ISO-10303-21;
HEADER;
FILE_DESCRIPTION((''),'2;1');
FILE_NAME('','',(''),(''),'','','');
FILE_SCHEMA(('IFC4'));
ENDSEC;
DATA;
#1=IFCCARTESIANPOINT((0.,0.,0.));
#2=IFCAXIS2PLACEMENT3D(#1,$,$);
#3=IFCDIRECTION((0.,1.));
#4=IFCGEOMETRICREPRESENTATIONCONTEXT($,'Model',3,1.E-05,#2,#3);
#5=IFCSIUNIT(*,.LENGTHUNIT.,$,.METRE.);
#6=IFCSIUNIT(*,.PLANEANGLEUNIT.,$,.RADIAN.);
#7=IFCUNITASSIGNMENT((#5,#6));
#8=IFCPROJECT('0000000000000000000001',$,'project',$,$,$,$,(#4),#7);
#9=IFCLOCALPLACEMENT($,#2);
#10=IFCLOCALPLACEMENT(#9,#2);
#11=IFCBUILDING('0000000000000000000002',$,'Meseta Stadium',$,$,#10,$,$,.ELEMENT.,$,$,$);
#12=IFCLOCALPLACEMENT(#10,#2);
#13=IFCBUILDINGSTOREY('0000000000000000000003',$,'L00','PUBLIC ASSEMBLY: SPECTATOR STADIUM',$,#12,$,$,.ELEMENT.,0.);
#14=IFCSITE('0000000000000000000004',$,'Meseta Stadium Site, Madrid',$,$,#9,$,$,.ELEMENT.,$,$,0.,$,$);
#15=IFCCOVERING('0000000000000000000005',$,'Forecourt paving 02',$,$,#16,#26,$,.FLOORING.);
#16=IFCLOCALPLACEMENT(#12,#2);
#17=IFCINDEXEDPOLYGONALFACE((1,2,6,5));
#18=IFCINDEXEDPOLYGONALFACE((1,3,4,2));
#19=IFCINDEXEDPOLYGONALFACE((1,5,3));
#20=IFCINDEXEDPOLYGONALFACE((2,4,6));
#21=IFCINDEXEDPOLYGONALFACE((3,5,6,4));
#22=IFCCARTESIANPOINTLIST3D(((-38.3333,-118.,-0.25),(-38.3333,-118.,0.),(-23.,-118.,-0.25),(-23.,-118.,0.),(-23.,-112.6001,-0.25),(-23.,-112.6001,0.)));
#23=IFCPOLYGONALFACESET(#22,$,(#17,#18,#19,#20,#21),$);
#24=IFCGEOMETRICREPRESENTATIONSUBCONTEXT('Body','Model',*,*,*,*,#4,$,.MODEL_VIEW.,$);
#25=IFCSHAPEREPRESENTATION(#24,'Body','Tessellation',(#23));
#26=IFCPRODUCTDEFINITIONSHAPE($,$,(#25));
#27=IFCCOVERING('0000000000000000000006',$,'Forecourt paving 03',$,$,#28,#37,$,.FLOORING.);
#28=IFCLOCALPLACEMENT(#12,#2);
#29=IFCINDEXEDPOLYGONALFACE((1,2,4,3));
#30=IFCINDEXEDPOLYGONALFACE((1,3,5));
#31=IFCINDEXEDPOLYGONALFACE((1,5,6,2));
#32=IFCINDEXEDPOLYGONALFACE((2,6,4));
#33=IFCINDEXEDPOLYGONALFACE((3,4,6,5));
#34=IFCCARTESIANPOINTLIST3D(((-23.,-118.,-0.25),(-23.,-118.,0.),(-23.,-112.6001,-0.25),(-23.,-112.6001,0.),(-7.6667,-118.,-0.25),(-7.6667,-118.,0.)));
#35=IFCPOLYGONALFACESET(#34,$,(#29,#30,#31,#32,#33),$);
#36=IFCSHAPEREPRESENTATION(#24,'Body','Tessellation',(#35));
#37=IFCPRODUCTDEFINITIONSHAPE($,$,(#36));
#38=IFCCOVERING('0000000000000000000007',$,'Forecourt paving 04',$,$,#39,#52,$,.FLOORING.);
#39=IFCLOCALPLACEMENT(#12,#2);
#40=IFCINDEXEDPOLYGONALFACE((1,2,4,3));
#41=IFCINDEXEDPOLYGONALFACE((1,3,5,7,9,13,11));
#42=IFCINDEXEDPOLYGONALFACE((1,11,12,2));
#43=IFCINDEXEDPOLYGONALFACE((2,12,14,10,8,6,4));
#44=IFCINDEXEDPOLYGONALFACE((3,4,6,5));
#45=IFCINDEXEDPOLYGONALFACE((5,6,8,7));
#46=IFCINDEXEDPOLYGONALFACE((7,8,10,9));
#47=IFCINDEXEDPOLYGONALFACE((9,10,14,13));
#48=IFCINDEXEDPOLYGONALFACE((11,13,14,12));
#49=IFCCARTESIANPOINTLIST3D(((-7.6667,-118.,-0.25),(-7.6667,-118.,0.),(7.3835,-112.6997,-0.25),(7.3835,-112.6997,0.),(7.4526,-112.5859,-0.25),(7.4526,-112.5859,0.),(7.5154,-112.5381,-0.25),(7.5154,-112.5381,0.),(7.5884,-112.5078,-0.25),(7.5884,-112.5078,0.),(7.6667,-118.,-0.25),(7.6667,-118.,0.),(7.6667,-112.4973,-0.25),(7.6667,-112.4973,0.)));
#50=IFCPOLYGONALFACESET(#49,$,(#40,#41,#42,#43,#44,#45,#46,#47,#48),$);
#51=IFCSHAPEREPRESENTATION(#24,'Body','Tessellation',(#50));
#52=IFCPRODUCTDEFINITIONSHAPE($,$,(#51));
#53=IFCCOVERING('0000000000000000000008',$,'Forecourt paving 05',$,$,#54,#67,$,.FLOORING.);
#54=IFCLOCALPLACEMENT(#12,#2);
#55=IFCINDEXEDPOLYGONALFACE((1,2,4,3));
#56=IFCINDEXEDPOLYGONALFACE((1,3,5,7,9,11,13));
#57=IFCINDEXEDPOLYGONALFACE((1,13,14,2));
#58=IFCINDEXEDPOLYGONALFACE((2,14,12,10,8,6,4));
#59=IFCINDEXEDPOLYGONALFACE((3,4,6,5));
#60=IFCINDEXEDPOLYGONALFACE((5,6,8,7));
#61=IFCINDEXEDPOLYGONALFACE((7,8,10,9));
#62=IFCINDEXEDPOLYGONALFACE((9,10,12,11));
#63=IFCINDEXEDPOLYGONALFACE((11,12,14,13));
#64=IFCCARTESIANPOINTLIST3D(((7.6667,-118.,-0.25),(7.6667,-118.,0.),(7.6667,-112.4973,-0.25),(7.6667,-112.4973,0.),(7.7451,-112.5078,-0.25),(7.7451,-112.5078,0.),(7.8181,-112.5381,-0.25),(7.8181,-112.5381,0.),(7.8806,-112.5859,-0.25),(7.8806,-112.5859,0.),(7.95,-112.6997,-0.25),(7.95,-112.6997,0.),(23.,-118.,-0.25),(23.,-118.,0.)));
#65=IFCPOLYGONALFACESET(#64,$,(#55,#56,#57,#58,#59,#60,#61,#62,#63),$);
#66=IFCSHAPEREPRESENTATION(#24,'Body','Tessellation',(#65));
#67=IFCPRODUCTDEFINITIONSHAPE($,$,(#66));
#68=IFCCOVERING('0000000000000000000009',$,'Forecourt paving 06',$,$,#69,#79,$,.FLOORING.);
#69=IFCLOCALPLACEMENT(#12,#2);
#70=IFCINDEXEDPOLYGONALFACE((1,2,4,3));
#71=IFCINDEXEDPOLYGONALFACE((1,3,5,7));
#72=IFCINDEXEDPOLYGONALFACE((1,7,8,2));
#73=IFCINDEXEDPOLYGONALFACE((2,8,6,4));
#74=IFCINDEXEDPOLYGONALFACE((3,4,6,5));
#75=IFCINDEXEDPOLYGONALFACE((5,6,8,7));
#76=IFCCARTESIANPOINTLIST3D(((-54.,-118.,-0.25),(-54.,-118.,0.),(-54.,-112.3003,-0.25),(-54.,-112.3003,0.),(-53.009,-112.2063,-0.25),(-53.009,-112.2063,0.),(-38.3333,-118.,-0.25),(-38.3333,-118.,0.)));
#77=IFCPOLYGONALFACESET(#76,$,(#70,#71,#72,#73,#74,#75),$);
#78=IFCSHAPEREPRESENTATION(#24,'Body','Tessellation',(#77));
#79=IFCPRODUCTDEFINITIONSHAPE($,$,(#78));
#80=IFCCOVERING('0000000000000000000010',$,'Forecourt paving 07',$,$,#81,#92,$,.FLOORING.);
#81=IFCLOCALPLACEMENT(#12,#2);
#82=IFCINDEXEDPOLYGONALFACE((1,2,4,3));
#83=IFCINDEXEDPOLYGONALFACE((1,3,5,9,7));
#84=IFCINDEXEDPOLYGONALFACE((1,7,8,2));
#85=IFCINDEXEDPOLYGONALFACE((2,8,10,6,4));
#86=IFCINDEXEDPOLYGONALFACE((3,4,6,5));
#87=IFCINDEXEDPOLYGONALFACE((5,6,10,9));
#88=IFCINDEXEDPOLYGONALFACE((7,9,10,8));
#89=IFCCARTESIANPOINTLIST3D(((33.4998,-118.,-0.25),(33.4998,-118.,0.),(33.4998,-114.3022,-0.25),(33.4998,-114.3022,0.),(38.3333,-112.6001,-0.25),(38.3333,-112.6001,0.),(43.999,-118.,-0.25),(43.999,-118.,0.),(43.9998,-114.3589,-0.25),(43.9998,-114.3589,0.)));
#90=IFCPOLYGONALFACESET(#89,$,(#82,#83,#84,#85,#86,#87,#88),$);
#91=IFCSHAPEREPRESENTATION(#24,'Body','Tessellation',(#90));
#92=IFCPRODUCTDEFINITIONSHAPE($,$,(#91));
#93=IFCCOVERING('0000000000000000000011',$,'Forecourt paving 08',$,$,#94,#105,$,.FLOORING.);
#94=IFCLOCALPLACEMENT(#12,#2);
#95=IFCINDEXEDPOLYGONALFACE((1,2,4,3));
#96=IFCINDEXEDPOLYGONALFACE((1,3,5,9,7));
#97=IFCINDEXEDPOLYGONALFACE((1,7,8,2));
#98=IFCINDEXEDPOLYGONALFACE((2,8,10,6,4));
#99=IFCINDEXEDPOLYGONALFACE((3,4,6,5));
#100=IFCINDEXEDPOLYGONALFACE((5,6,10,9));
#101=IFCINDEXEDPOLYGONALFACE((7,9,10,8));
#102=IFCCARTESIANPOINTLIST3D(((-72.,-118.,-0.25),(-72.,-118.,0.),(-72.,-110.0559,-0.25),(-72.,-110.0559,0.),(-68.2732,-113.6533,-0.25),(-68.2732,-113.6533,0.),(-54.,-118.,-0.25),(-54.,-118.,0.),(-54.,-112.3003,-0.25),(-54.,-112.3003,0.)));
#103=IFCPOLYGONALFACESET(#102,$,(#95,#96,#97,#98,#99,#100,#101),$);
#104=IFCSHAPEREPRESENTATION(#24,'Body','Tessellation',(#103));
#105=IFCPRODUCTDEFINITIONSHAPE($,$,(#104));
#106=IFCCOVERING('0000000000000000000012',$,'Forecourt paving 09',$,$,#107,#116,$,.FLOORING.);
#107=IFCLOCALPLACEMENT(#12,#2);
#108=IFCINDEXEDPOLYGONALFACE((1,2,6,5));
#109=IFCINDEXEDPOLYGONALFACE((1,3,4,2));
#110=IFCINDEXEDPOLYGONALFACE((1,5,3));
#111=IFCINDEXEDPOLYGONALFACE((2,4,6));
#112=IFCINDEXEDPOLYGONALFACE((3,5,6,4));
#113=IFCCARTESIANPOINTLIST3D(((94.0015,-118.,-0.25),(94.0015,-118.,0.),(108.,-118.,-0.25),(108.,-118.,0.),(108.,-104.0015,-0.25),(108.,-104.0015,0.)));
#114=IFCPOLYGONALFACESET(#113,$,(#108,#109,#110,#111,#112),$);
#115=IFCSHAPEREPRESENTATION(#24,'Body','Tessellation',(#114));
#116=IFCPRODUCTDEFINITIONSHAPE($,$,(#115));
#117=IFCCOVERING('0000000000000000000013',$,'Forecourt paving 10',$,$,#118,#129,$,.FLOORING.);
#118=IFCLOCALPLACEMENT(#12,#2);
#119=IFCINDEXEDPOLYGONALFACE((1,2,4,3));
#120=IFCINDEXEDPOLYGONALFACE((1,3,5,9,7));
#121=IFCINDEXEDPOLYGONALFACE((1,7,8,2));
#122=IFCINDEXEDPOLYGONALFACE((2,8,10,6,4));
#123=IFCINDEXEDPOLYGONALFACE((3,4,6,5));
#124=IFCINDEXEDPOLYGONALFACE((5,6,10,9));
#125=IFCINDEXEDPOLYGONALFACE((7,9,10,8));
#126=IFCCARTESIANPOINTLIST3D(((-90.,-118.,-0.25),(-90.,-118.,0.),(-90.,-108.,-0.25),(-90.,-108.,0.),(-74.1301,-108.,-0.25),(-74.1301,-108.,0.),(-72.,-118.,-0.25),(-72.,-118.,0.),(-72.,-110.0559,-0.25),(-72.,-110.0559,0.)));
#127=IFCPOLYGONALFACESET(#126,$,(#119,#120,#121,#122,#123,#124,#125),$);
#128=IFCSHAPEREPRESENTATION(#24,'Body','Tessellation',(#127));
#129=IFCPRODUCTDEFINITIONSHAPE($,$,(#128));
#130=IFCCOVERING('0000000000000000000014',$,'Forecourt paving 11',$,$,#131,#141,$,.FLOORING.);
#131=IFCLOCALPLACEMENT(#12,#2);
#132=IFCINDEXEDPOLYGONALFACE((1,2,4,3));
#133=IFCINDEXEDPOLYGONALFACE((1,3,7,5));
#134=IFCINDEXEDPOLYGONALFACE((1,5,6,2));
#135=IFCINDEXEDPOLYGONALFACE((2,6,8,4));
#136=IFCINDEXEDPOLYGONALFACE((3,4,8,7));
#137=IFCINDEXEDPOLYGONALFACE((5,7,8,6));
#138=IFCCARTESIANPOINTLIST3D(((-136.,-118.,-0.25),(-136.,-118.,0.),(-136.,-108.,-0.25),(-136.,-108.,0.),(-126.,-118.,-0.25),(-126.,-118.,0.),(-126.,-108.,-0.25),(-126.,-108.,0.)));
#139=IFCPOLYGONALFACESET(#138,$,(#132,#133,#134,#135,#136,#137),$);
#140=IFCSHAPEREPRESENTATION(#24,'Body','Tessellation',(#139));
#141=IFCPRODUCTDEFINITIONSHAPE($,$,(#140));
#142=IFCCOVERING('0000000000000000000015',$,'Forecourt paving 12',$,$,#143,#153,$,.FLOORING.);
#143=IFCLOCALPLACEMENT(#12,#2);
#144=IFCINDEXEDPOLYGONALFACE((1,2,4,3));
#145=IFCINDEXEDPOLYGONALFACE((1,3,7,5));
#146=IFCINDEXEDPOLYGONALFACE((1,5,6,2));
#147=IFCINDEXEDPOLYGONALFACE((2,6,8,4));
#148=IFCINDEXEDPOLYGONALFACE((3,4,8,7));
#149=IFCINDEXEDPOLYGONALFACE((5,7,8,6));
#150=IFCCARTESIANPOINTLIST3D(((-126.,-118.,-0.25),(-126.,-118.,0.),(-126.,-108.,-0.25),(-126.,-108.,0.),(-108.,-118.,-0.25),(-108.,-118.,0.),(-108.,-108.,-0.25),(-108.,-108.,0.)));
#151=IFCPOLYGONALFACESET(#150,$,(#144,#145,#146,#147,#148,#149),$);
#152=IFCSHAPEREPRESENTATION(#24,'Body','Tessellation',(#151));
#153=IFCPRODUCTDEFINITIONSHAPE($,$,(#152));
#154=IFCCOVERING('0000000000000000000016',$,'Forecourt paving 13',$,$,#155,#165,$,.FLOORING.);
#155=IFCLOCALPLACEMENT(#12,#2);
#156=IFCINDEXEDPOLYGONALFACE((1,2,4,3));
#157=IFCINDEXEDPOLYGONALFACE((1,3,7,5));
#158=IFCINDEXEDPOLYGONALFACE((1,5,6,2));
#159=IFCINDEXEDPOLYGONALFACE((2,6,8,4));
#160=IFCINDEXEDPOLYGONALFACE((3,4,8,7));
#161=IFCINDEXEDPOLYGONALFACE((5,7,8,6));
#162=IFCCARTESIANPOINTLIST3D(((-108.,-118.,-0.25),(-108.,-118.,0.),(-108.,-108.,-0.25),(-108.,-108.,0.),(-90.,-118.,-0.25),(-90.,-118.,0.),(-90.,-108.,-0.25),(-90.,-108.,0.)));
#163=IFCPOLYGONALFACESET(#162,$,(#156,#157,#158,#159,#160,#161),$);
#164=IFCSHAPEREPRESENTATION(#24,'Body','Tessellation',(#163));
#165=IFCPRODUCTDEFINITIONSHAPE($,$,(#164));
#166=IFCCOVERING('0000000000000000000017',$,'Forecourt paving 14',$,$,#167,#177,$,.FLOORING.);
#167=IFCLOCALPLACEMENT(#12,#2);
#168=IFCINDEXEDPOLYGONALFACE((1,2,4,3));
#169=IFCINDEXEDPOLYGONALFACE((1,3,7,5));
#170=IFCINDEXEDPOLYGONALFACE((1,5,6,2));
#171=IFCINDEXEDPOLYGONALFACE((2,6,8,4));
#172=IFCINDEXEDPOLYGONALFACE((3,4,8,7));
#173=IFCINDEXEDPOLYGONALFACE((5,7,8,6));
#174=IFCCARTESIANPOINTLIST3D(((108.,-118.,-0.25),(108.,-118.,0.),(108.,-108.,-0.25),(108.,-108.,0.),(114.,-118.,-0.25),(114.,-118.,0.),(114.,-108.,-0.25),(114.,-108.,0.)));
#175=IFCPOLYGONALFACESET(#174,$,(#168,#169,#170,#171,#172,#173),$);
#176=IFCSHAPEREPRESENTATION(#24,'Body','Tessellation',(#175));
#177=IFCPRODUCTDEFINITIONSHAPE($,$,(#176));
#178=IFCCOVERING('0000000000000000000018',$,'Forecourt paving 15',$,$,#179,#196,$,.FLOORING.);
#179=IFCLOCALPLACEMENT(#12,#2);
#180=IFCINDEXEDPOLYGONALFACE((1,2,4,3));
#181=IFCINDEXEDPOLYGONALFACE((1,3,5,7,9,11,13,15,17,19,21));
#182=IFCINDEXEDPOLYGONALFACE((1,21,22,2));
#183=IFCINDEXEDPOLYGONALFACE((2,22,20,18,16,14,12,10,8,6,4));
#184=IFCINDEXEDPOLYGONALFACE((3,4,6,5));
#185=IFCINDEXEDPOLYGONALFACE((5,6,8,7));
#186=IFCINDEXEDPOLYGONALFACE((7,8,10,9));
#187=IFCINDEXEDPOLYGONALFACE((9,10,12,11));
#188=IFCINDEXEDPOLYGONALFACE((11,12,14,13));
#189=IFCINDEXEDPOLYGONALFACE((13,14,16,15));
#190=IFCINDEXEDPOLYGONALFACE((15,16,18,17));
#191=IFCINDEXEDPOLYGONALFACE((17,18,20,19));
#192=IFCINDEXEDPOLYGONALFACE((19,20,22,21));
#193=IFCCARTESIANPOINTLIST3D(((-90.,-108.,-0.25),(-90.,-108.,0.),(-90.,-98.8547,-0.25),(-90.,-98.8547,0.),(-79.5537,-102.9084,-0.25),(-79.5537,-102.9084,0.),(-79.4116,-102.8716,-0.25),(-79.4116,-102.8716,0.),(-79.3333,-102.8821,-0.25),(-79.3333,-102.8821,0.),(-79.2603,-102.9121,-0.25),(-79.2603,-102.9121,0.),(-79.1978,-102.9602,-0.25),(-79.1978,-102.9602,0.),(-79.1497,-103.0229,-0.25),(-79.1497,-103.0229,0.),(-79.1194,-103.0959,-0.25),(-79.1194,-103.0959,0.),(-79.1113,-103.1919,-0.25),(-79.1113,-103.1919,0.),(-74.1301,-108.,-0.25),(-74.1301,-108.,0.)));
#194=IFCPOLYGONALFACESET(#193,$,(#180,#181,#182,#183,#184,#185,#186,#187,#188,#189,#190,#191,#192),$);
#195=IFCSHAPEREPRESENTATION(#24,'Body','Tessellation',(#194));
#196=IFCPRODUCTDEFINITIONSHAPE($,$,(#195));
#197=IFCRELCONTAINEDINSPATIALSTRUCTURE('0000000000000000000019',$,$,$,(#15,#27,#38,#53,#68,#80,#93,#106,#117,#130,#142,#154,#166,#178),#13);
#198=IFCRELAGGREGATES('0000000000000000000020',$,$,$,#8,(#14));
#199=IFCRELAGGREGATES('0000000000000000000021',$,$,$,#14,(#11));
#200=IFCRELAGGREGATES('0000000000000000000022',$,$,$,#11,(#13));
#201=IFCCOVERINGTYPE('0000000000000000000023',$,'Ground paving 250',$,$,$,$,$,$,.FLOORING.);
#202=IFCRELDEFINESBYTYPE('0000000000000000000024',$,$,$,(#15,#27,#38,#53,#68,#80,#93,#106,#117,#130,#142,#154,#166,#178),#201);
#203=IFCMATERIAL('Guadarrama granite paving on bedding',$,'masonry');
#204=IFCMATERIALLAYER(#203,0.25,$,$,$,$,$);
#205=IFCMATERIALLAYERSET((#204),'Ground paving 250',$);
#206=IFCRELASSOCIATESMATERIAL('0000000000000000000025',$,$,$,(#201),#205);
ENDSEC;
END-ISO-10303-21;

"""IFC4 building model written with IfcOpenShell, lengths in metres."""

from ifc_helpers import new_model, si_unit, direction, frame, origin, place, context, subcontext, project, spatial, polyline, outline, extrude, material, layer, layer_set, type_object, element, save


model = new_model("IFC4")

# Units and contexts
model_context = context("Model", 3, precision=1e-05, world=origin(), true_north=direction((0.0, 1.0)))
body_context = subcontext(model_context, "Body", "Model", "MODEL_VIEW")
ifc_project = project(units=[si_unit("LENGTHUNIT", "METRE"), si_unit("PLANEANGLEUNIT", "RADIAN")], contexts=[model_context])

# Site, building, storey
site_placement = place(None, origin())
site = spatial("IfcSite", under=ifc_project, at=site_placement, Name="Meseta Stadium Site, Madrid", CompositionType="ELEMENT", RefElevation=0.0)
building_placement = place(site_placement, origin())
building = spatial("IfcBuilding", under=site, at=building_placement, Name="Meseta Stadium", CompositionType="ELEMENT")
storey_placement = place(building_placement, origin())
storey = spatial("IfcBuildingStorey", under=building, at=storey_placement, Name="L00", Description="PUBLIC ASSEMBLY: SPECTATOR STADIUM", CompositionType="ELEMENT", Elevation=0.0)

# Coverings
ifc_material = material(Name="Guadarrama granite paving on bedding", Category="masonry")
ifc_layer = layer(ifc_material, 0.25)
ifc_layer_set = layer_set([ifc_layer], Name="Ground paving 250")
covering_type = type_object("IfcCoveringType", Name="Ground paving 250", PredefinedType="FLOORING", material=ifc_layer_set)
covering_1_placement = place(storey_placement, frame((0.0, 0.0, -0.25)))
element("IfcCovering", 1, at=covering_1_placement, inside=storey, type_object=covering_type, Name="Forecourt paving 02", PredefinedType="FLOORING", context=body_context, shape_type="SweptSolid", body=[
    extrude(outline(polyline([(-23.0, -112.6001), (-38.3333, -118.0), (-23.0, -118.0), (-23.0, -112.6001)])), origin(), (0.0, 0.0, 1.0), 0.25),
])
covering_2_placement = place(storey_placement, frame((0.0, 0.0, -0.25)))
element("IfcCovering", 2, at=covering_2_placement, inside=storey, type_object=covering_type, Name="Forecourt paving 03", PredefinedType="FLOORING", context=body_context, shape_type="SweptSolid", body=[
    extrude(outline(polyline([(-23.0, -112.6001), (-23.0, -118.0), (-7.6667, -118.0), (-23.0, -112.6001)])), origin(), (0.0, 0.0, 1.0), 0.25),
])
covering_3_placement = place(storey_placement, frame((0.0, 0.0, -0.25)))
element("IfcCovering", 3, at=covering_3_placement, inside=storey, type_object=covering_type, Name="Forecourt paving 04", PredefinedType="FLOORING", context=body_context, shape_type="SweptSolid", body=[
    extrude(outline(polyline([(7.6667, -118.0), (7.6667, -112.4973), (7.5884, -112.5078), (7.5154, -112.5381), (7.4526, -112.5859), (7.3835, -112.6997), (-7.6667, -118.0), (7.6667, -118.0)])), origin(), (0.0, 0.0, 1.0), 0.25),
])
covering_4_placement = place(storey_placement, frame((0.0, 0.0, -0.25)))
element("IfcCovering", 4, at=covering_4_placement, inside=storey, type_object=covering_type, Name="Forecourt paving 05", PredefinedType="FLOORING", context=body_context, shape_type="SweptSolid", body=[
    extrude(outline(polyline([(7.6667, -118.0), (23.0, -118.0), (7.95, -112.6997), (7.8806, -112.5859), (7.8181, -112.5381), (7.7451, -112.5078), (7.6667, -112.4973), (7.6667, -118.0)])), origin(), (0.0, 0.0, 1.0), 0.25),
])
covering_5_placement = place(storey_placement, frame((0.0, 0.0, -0.25)))
element("IfcCovering", 5, at=covering_5_placement, inside=storey, type_object=covering_type, Name="Forecourt paving 06", PredefinedType="FLOORING", context=body_context, shape_type="SweptSolid", body=[
    extrude(outline(polyline([(-54.0, -118.0), (-38.3333, -118.0), (-53.009, -112.2063), (-54.0, -112.3003), (-54.0, -118.0)])), origin(), (0.0, 0.0, 1.0), 0.25),
])
covering_6_placement = place(storey_placement, frame((0.0, 0.0, -0.25)))
element("IfcCovering", 6, at=covering_6_placement, inside=storey, type_object=covering_type, Name="Forecourt paving 07", PredefinedType="FLOORING", context=body_context, shape_type="SweptSolid", body=[
    extrude(outline(polyline([(33.4998, -118.0), (43.999, -118.0), (43.9998, -114.3589), (38.3333, -112.6001), (33.4998, -114.3022), (33.4998, -118.0)])), origin(), (0.0, 0.0, 1.0), 0.25),
])
covering_7_placement = place(storey_placement, frame((0.0, 0.0, -0.25)))
element("IfcCovering", 7, at=covering_7_placement, inside=storey, type_object=covering_type, Name="Forecourt paving 08", PredefinedType="FLOORING", context=body_context, shape_type="SweptSolid", body=[
    extrude(outline(polyline([(-54.0, -112.3003), (-68.2732, -113.6533), (-72.0, -110.0559), (-72.0, -118.0), (-54.0, -118.0), (-54.0, -112.3003)])), origin(), (0.0, 0.0, 1.0), 0.25),
])
covering_8_placement = place(storey_placement, frame((0.0, 0.0, -0.25)))
element("IfcCovering", 8, at=covering_8_placement, inside=storey, type_object=covering_type, Name="Forecourt paving 09", PredefinedType="FLOORING", context=body_context, shape_type="SweptSolid", body=[
    extrude(outline(polyline([(108.0, -104.0015), (94.0015, -118.0), (108.0, -118.0), (108.0, -104.0015)])), origin(), (0.0, 0.0, 1.0), 0.25),
])
covering_9_placement = place(storey_placement, frame((0.0, 0.0, -0.25)))
element("IfcCovering", 9, at=covering_9_placement, inside=storey, type_object=covering_type, Name="Forecourt paving 10", PredefinedType="FLOORING", context=body_context, shape_type="SweptSolid", body=[
    extrude(outline(polyline([(-72.0, -110.0559), (-74.1301, -108.0), (-90.0, -108.0), (-90.0, -118.0), (-72.0, -118.0), (-72.0, -110.0559)])), origin(), (0.0, 0.0, 1.0), 0.25),
])
covering_10_placement = place(storey_placement, frame((0.0, 0.0, -0.25)))
element("IfcCovering", 10, at=covering_10_placement, inside=storey, type_object=covering_type, Name="Forecourt paving 11", PredefinedType="FLOORING", context=body_context, shape_type="SweptSolid", body=[
    extrude(outline(polyline([(-136.0, -108.0), (-136.0, -118.0), (-126.0, -118.0), (-126.0, -108.0), (-136.0, -108.0)])), origin(), (0.0, 0.0, 1.0), 0.25),
])
covering_11_placement = place(storey_placement, frame((0.0, 0.0, -0.25)))
element("IfcCovering", 11, at=covering_11_placement, inside=storey, type_object=covering_type, Name="Forecourt paving 12", PredefinedType="FLOORING", context=body_context, shape_type="SweptSolid", body=[
    extrude(outline(polyline([(-126.0, -118.0), (-108.0, -118.0), (-108.0, -108.0), (-126.0, -108.0), (-126.0, -118.0)])), origin(), (0.0, 0.0, 1.0), 0.25),
])
covering_12_placement = place(storey_placement, frame((0.0, 0.0, -0.25)))
element("IfcCovering", 12, at=covering_12_placement, inside=storey, type_object=covering_type, Name="Forecourt paving 13", PredefinedType="FLOORING", context=body_context, shape_type="SweptSolid", body=[
    extrude(outline(polyline([(-108.0, -118.0), (-90.0, -118.0), (-90.0, -108.0), (-108.0, -108.0), (-108.0, -118.0)])), origin(), (0.0, 0.0, 1.0), 0.25),
])
covering_13_placement = place(storey_placement, frame((0.0, 0.0, -0.25)))
element("IfcCovering", 13, at=covering_13_placement, inside=storey, type_object=covering_type, Name="Forecourt paving 14", PredefinedType="FLOORING", context=body_context, shape_type="SweptSolid", body=[
    extrude(outline(polyline([(108.0, -118.0), (114.0, -118.0), (114.0, -108.0), (108.0, -108.0), (108.0, -118.0)])), origin(), (0.0, 0.0, 1.0), 0.25),
])
covering_14_placement = place(storey_placement, frame((0.0, 0.0, -0.25)))
element("IfcCovering", 14, at=covering_14_placement, inside=storey, type_object=covering_type, Name="Forecourt paving 15", PredefinedType="FLOORING", context=body_context, shape_type="SweptSolid", body=[
    extrude(outline(polyline([(-74.1301, -108.0), (-79.1113, -103.1919), (-79.1194, -103.0959), (-79.1497, -103.0229), (-79.1978, -102.9602), (-79.2603, -102.9121), (-79.3333, -102.8821), (-79.4116, -102.8716), (-79.5537, -102.9084), (-90.0, -98.8547), (-90.0, -108.0), (-74.1301, -108.0)])), origin(), (0.0, 0.0, 1.0), 0.25),
])

save(model, "model.ifc")
